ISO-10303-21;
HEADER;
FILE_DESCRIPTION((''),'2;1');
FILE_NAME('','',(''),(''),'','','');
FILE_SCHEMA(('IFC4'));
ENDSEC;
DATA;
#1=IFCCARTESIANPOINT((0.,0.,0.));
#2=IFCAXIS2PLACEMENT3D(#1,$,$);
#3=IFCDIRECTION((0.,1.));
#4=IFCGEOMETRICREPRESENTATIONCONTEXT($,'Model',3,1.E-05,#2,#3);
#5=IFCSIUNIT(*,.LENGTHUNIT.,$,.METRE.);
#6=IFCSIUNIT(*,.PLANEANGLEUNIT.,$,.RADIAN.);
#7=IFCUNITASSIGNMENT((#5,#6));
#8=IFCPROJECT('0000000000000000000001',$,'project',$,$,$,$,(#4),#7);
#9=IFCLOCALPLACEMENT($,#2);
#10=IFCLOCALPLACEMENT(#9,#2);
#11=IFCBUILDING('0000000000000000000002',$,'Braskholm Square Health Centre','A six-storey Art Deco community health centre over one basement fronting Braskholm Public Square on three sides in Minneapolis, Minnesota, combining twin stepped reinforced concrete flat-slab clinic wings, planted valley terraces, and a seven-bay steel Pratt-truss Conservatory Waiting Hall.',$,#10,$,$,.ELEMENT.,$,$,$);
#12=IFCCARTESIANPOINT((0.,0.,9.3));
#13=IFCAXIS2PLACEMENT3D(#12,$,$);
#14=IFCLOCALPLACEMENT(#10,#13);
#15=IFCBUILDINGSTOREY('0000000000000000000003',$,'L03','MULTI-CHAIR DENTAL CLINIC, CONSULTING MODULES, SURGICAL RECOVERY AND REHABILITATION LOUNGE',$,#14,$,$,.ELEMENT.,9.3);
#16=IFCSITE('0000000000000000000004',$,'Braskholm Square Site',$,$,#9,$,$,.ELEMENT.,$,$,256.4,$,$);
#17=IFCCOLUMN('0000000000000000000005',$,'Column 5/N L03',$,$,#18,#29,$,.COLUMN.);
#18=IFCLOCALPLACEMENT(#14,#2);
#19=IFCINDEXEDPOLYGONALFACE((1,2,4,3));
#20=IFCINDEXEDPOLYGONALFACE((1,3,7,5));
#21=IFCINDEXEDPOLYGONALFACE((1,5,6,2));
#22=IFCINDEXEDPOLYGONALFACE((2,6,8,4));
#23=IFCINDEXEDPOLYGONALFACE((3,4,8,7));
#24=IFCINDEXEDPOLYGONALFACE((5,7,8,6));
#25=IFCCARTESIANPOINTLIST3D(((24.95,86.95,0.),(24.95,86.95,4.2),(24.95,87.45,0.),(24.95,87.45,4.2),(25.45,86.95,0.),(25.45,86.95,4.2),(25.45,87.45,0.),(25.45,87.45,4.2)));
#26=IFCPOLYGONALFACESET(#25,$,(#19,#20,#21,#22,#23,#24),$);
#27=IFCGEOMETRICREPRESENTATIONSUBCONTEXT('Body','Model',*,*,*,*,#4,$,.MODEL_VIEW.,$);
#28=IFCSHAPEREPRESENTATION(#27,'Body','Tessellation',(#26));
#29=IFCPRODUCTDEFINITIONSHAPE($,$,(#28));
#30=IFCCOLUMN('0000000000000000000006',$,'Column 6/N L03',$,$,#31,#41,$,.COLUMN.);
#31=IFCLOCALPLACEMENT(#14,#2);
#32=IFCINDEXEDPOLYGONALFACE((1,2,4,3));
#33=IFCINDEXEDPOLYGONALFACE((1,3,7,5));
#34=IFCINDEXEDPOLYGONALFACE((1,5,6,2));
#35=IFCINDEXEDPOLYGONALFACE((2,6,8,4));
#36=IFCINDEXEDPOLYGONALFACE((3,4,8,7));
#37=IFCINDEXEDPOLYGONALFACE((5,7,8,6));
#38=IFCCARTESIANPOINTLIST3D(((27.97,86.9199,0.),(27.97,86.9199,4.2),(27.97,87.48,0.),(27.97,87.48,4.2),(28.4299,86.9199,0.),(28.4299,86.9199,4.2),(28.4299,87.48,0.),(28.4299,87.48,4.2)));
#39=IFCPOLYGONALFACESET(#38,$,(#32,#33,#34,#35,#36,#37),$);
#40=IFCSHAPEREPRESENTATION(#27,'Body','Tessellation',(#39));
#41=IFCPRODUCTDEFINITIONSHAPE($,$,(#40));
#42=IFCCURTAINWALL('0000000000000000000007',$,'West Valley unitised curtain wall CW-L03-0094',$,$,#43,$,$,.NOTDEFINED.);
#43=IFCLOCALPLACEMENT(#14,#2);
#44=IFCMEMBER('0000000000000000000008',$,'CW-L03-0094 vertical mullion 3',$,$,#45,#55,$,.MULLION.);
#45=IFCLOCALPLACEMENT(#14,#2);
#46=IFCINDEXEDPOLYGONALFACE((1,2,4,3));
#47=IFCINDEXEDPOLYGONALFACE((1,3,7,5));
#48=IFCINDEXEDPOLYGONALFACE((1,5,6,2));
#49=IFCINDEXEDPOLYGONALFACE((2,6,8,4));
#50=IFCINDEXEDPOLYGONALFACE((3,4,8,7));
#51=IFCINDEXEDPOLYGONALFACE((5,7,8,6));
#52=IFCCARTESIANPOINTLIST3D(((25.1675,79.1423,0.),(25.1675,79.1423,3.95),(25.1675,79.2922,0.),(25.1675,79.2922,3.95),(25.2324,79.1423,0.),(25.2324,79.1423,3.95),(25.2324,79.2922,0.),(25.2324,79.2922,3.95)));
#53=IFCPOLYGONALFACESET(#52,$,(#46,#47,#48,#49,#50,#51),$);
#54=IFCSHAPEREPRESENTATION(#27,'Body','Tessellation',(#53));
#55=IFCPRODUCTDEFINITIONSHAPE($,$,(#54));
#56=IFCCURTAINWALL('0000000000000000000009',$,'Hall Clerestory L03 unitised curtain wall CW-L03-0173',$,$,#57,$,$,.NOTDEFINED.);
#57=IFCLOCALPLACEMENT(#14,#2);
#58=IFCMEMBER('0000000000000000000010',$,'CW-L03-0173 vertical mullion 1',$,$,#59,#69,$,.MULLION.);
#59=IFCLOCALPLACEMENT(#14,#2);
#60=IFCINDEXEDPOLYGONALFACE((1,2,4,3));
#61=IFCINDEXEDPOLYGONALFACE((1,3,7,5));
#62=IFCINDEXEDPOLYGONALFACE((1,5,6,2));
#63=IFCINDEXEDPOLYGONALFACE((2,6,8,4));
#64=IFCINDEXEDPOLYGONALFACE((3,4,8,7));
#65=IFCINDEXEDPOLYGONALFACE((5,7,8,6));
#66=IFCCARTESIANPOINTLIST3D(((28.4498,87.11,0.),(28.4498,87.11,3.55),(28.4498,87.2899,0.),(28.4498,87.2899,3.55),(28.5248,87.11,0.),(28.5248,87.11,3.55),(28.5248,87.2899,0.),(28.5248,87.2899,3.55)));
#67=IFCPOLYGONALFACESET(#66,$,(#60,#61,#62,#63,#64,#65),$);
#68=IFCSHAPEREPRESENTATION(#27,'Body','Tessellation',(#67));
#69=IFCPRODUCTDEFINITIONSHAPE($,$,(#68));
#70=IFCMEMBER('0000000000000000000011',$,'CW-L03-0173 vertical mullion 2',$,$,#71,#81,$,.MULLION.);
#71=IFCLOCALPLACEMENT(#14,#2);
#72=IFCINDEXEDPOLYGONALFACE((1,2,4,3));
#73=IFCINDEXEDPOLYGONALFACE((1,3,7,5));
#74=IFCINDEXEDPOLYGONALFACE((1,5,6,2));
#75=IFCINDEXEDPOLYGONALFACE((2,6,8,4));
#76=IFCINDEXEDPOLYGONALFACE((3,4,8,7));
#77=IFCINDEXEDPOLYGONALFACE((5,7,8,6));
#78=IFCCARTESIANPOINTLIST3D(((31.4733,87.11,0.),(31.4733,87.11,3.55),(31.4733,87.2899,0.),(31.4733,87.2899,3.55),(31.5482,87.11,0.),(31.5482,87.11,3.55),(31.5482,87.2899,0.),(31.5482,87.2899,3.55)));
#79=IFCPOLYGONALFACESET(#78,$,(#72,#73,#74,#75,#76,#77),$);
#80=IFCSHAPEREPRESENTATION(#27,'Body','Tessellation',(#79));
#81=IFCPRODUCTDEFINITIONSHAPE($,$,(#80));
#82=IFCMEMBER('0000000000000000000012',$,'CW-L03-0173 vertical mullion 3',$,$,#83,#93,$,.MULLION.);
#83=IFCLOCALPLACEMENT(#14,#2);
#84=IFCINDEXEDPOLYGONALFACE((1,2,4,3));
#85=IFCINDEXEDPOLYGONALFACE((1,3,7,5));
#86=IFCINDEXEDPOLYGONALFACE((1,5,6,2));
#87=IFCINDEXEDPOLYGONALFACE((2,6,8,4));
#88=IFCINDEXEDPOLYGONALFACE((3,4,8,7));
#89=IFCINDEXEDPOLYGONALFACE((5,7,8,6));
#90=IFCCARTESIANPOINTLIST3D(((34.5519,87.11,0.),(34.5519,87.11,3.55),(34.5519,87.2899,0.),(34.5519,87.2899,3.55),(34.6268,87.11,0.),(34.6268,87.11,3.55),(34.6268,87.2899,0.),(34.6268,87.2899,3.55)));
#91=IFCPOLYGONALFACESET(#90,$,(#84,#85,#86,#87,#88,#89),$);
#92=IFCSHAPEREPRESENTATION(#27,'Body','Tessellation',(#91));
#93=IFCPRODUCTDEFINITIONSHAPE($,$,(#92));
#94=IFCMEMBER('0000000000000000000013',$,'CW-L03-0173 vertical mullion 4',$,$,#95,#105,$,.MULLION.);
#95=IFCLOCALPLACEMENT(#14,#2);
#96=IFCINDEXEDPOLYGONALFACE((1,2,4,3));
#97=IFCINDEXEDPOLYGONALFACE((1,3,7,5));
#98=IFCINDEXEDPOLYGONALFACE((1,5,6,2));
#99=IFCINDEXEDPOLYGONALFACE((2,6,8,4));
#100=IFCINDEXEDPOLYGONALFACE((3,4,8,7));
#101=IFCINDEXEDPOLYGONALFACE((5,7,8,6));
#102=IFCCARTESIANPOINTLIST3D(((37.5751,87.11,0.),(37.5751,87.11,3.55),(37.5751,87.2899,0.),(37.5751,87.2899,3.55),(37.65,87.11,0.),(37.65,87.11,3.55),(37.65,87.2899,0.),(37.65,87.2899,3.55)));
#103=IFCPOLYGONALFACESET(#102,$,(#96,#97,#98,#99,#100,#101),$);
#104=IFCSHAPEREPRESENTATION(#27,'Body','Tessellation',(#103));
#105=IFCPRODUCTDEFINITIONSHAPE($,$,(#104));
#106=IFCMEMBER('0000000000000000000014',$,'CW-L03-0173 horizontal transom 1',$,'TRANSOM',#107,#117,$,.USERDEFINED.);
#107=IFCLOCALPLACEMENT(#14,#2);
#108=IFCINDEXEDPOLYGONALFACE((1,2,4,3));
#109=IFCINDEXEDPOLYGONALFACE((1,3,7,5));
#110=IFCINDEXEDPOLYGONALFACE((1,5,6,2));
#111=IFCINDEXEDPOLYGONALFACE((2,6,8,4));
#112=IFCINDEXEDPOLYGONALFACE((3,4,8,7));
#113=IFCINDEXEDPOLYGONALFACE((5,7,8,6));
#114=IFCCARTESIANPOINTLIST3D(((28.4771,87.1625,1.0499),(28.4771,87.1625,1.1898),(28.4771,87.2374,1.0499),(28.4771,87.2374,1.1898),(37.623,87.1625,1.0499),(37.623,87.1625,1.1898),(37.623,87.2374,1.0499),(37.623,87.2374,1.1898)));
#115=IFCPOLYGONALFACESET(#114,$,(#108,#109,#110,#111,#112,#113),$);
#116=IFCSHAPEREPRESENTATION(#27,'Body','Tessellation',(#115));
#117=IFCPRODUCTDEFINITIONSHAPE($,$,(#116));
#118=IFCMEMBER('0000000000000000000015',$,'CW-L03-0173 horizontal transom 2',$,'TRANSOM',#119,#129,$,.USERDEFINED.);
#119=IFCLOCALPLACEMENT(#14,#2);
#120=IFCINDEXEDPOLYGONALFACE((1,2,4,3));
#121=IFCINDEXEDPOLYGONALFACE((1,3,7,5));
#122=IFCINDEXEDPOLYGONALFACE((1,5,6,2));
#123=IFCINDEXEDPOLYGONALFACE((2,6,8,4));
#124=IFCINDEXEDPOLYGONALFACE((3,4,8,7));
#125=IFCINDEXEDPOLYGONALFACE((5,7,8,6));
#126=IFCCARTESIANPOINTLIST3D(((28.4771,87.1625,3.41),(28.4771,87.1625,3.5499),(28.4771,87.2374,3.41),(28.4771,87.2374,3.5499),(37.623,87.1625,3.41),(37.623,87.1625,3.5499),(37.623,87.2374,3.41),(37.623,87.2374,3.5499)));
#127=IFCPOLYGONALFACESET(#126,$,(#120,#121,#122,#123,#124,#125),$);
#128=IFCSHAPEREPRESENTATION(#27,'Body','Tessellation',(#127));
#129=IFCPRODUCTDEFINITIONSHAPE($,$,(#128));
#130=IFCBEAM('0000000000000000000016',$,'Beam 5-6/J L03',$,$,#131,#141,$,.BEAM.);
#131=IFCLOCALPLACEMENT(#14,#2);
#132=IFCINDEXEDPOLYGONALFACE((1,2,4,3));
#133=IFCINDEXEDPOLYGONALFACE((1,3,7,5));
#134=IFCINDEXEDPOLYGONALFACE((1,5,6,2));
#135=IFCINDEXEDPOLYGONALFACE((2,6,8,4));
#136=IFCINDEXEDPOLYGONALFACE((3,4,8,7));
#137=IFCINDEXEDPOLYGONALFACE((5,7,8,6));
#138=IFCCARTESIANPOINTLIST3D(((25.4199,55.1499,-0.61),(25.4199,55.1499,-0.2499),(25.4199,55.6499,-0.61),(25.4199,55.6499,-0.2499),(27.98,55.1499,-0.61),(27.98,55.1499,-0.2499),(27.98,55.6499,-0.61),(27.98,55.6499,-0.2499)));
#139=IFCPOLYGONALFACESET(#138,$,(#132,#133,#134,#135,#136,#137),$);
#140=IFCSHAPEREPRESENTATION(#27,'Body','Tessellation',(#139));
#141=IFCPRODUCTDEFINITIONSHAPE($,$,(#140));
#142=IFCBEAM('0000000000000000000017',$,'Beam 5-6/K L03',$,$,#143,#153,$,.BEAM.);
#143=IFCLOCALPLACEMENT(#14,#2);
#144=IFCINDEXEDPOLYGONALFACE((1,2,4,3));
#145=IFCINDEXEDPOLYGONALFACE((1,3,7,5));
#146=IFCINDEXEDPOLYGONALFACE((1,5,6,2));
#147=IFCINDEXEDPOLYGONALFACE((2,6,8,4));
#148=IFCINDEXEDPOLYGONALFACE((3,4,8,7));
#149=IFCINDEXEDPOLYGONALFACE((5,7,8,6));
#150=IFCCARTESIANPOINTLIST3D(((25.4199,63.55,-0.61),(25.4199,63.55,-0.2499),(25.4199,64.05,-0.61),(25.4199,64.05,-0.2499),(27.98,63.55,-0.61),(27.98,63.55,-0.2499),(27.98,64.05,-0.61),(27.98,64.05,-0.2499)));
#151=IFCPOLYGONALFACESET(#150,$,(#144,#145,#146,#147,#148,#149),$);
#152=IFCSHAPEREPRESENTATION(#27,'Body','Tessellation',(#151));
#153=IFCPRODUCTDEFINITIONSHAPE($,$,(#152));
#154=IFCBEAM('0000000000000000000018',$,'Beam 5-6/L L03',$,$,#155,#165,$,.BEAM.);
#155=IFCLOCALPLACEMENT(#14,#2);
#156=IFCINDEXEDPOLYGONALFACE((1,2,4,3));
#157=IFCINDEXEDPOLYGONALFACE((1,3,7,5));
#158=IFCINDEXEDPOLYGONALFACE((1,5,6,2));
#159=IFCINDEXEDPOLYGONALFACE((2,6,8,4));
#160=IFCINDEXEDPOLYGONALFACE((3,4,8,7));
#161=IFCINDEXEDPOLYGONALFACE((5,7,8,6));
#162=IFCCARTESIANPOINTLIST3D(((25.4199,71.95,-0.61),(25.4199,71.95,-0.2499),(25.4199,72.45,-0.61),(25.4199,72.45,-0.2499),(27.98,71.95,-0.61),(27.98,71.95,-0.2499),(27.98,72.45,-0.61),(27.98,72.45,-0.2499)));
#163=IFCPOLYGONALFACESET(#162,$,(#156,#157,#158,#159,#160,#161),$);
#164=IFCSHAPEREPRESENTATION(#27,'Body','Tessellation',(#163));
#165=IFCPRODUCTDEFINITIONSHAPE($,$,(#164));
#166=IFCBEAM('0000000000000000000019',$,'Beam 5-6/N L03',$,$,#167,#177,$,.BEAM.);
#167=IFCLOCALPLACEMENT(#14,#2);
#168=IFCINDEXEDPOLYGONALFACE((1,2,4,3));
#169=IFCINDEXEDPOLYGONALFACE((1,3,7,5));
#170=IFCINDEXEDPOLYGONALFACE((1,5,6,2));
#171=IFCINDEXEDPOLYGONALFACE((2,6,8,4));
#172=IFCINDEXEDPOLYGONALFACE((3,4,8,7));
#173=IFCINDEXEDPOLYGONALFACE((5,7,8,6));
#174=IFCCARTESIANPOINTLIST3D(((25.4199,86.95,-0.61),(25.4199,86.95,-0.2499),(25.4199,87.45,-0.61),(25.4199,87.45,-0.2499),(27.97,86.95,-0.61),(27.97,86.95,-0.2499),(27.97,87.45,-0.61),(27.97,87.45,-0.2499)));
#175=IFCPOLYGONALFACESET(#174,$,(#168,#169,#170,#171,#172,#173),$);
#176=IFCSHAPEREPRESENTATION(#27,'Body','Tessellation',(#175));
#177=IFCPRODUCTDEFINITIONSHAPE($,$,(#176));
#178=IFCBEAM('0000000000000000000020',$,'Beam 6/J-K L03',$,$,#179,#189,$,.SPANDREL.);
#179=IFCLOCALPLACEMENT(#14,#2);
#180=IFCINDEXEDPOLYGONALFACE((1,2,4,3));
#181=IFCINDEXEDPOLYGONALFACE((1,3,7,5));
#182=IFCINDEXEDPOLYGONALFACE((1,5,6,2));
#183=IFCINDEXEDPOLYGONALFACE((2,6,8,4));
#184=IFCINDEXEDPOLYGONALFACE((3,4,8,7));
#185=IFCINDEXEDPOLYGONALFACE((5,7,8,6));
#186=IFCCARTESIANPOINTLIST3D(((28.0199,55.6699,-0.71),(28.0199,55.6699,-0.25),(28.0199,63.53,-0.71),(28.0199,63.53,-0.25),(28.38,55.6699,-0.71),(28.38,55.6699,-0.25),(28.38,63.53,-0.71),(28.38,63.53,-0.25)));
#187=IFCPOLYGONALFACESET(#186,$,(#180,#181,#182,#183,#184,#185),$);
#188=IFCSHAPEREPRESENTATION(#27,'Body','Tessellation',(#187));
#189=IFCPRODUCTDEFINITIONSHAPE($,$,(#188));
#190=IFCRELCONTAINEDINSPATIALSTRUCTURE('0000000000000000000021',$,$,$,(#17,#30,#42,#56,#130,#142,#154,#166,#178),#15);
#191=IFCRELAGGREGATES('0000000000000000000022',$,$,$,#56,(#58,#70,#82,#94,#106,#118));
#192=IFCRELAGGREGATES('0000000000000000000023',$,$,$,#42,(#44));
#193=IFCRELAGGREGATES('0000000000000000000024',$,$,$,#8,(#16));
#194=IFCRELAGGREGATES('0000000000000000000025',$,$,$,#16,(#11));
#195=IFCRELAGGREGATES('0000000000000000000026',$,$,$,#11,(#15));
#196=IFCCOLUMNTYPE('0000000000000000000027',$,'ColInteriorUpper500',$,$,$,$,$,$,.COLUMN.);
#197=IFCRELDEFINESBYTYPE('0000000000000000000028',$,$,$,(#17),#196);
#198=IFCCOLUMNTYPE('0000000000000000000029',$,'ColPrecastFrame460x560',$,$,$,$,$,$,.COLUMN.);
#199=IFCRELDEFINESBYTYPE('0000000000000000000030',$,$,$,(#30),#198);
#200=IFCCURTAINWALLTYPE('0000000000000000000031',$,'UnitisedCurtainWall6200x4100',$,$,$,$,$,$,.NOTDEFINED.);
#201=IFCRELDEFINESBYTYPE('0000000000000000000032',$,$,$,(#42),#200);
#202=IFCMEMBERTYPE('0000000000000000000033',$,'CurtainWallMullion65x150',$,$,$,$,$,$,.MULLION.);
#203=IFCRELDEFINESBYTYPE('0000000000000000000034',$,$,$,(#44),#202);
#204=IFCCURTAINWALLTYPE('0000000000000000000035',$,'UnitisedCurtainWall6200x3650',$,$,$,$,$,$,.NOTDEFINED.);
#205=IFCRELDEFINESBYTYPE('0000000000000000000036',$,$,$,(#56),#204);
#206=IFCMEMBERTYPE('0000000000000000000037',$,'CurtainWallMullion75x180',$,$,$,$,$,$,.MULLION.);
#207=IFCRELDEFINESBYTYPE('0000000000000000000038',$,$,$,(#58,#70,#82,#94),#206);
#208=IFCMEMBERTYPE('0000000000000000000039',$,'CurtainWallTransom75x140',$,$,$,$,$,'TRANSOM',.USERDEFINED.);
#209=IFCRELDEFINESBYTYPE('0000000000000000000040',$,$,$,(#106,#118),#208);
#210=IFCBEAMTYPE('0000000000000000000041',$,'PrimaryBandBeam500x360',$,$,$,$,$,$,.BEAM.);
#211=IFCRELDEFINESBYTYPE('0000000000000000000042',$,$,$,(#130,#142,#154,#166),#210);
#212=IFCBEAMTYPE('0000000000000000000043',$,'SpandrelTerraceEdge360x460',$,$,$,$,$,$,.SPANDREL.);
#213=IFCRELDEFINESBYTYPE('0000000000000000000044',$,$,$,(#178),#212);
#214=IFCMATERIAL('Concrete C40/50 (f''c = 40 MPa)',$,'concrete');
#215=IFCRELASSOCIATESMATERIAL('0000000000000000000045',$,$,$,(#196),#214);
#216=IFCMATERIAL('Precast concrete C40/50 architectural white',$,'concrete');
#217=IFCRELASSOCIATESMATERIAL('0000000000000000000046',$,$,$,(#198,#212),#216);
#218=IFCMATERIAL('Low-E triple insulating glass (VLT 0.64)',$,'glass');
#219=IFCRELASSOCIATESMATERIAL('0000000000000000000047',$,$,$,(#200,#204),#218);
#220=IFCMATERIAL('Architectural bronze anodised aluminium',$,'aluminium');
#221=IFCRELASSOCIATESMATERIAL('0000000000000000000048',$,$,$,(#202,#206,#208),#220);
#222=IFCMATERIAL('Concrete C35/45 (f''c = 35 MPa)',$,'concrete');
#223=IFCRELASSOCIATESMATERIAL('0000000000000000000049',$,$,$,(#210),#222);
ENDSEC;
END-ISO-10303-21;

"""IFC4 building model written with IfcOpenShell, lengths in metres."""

from ifc_helpers import new_model, si_unit, direction, frame, origin, origin_2d, place, context, subcontext, project, spatial, rectangle, extrude, material, material_profile, profile_set, type_object, element, aggregate, save


model = new_model("IFC4")

# Units and contexts
model_context = context("Model", 3, precision=1e-05, world=origin(), true_north=direction((0.0, 1.0)))
body_context = subcontext(model_context, "Body", "Model", "MODEL_VIEW")
ifc_project = project(units=[si_unit("LENGTHUNIT", "METRE"), si_unit("PLANEANGLEUNIT", "RADIAN")], contexts=[model_context])

# Site, building, storey
site_placement = place(None, origin())
site = spatial("IfcSite", under=ifc_project, at=site_placement, Name="Braskholm Square Site", CompositionType="ELEMENT", RefElevation=256.4)
building_placement = place(site_placement, origin())
building = spatial("IfcBuilding", under=site, at=building_placement, Name="Braskholm Square Health Centre", Description="A six-storey Art Deco community health centre over one basement fronting Braskholm Public Square on three sides in Minneapolis, Minnesota, combining twin stepped reinforced concrete flat-slab clinic wings, planted valley terraces, and a seven-bay steel Pratt-truss Conservatory Waiting Hall.", CompositionType="ELEMENT")
storey_placement = place(building_placement, frame((0.0, 0.0, 9.3)))
storey = spatial("IfcBuildingStorey", under=building, at=storey_placement, Name="L03", Description="MULTI-CHAIR DENTAL CLINIC, CONSULTING MODULES, SURGICAL RECOVERY AND REHABILITATION LOUNGE", CompositionType="ELEMENT", Elevation=9.3)

# Columns
ifc_material_1 = material(Name="Concrete C40/50 (f'c = 40 MPa)", Category="concrete")
ifc_material_profile_1 = material_profile(ifc_material_1, rectangle(XDim=0.5, YDim=0.5, at=origin_2d()), Name="RC-500X500")
ifc_profile_set_1 = profile_set([ifc_material_profile_1], Name="Concrete C40/50 (f'c = 40 MPa)")
column_type_1 = type_object("IfcColumnType", Name="ColInteriorUpper500", PredefinedType="COLUMN", material=ifc_profile_set_1)
column_1_placement = place(storey_placement, frame((25.2, 87.2, 0.0), z_axis=(0.0, 0.0, 1.0), x_axis=(1.0, 0.0, 0.0)))
element("IfcColumn", 1, at=column_1_placement, inside=storey, type_object=column_type_1, Name="Column 5/N L03", PredefinedType="COLUMN", context=body_context, shape_type="SweptSolid", body=[
    extrude(rectangle(XDim=0.5, YDim=0.5, at=origin_2d()), origin(), (0.0, 0.0, 1.0), 4.2),
])
ifc_material_2 = material(Name="Precast concrete C40/50 architectural white", Category="concrete")
ifc_material_profile_2 = material_profile(ifc_material_2, rectangle(XDim=0.46, YDim=0.5601, at=origin_2d()), Name="RC-460X560")
ifc_profile_set_2 = profile_set([ifc_material_profile_2], Name="Precast concrete C40/50 architectural white")
column_type_2 = type_object("IfcColumnType", Name="ColPrecastFrame460x560", PredefinedType="COLUMN", material=ifc_profile_set_2)
column_2_placement = place(storey_placement, frame((28.2, 87.2, 0.0), z_axis=(0.0, 0.0, 1.0), x_axis=(1.0, 0.0, 0.0)))
element("IfcColumn", 2, at=column_2_placement, inside=storey, type_object=column_type_2, Name="Column 6/N L03", PredefinedType="COLUMN", context=body_context, shape_type="SweptSolid", body=[
    extrude(rectangle(XDim=0.46, YDim=0.5601, at=origin_2d()), origin(), (0.0, 0.0, 1.0), 4.2),
])

# Curtain wall, member
ifc_material_3 = material(Name="Low-E triple insulating glass (VLT 0.64)", Category="glass")
curtain_wall_type_1 = type_object("IfcCurtainWallType", Name="UnitisedCurtainWall6200x4100", PredefinedType="NOTDEFINED", material=ifc_material_3)
curtain_wall_1_placement = place(storey_placement, origin())
curtain_wall_1 = element("IfcCurtainWall", 3, at=curtain_wall_1_placement, inside=storey, type_object=curtain_wall_type_1, Name="West Valley unitised curtain wall CW-L03-0094", PredefinedType="NOTDEFINED")
ifc_material_4 = material(Name="Architectural bronze anodised aluminium", Category="aluminium")
ifc_material_profile_3 = material_profile(ifc_material_4, rectangle(XDim=0.0649, YDim=0.1499, at=origin_2d()), Name="ALU-65X150")
ifc_profile_set_3 = profile_set([ifc_material_profile_3], Name="Architectural bronze anodised aluminium")
member_type_1 = type_object("IfcMemberType", Name="CurtainWallMullion65x150", PredefinedType="MULLION", material=ifc_profile_set_3)
member_1_placement = place(storey_placement, frame((25.2, 79.2173, 0.0), z_axis=(0.0, 0.0, 1.0), x_axis=(1.0, 0.0, 0.0)))
member_1 = element("IfcMember", 4, at=member_1_placement, type_object=member_type_1, Name="CW-L03-0094 vertical mullion 3", PredefinedType="MULLION", context=body_context, shape_type="SweptSolid", body=[
    extrude(rectangle(XDim=0.0649, YDim=0.1499, at=origin_2d()), origin(), (0.0, 0.0, 1.0), 3.95),
])

# Curtain wall, members
curtain_wall_type_2 = type_object("IfcCurtainWallType", Name="UnitisedCurtainWall6200x3650", PredefinedType="NOTDEFINED", material=ifc_material_3)
curtain_wall_2_placement = place(storey_placement, origin())
curtain_wall_2 = element("IfcCurtainWall", 5, at=curtain_wall_2_placement, inside=storey, type_object=curtain_wall_type_2, Name="Hall Clerestory L03 unitised curtain wall CW-L03-0173", PredefinedType="NOTDEFINED")
ifc_material_profile_4 = material_profile(ifc_material_4, rectangle(XDim=0.075, YDim=0.1799, at=origin_2d()), Name="ALU-75X180")
ifc_profile_set_4 = profile_set([ifc_material_profile_4], Name="Architectural bronze anodised aluminium")
member_type_2 = type_object("IfcMemberType", Name="CurtainWallMullion75x180", PredefinedType="MULLION", material=ifc_profile_set_4)
member_2_placement = place(storey_placement, frame((28.4873, 87.2, 0.0), z_axis=(0.0, 0.0, 1.0), x_axis=(1.0, 0.0, 0.0)))
member_2 = element("IfcMember", 6, at=member_2_placement, type_object=member_type_2, Name="CW-L03-0173 vertical mullion 1", PredefinedType="MULLION", context=body_context, shape_type="SweptSolid", body=[
    extrude(rectangle(XDim=0.075, YDim=0.1799, at=origin_2d()), origin(), (0.0, 0.0, 1.0), 3.55),
])
member_3_placement = place(storey_placement, frame((31.5107, 87.2, 0.0), z_axis=(0.0, 0.0, 1.0), x_axis=(1.0, 0.0, 0.0)))
member_3 = element("IfcMember", 7, at=member_3_placement, type_object=member_type_2, Name="CW-L03-0173 vertical mullion 2", PredefinedType="MULLION", context=body_context, shape_type="SweptSolid", body=[
    extrude(rectangle(XDim=0.075, YDim=0.1799, at=origin_2d()), origin(), (0.0, 0.0, 1.0), 3.55),
])
member_4_placement = place(storey_placement, frame((34.5894, 87.2, 0.0), z_axis=(0.0, 0.0, 1.0), x_axis=(1.0, 0.0, 0.0)))
member_4 = element("IfcMember", 8, at=member_4_placement, type_object=member_type_2, Name="CW-L03-0173 vertical mullion 3", PredefinedType="MULLION", context=body_context, shape_type="SweptSolid", body=[
    extrude(rectangle(XDim=0.075, YDim=0.1799, at=origin_2d()), origin(), (0.0, 0.0, 1.0), 3.55),
])
member_5_placement = place(storey_placement, frame((37.6125, 87.2, 0.0), z_axis=(0.0, 0.0, 1.0), x_axis=(1.0, 0.0, 0.0)))
member_5 = element("IfcMember", 9, at=member_5_placement, type_object=member_type_2, Name="CW-L03-0173 vertical mullion 4", PredefinedType="MULLION", context=body_context, shape_type="SweptSolid", body=[
    extrude(rectangle(XDim=0.075, YDim=0.1799, at=origin_2d()), origin(), (0.0, 0.0, 1.0), 3.55),
])
ifc_material_profile_5 = material_profile(ifc_material_4, rectangle(XDim=0.075, YDim=0.1399, at=origin_2d()), Name="ALU-75X140")
ifc_profile_set_5 = profile_set([ifc_material_profile_5], Name="Architectural bronze anodised aluminium")
member_type_3 = type_object("IfcMemberType", Name="CurtainWallTransom75x140", ElementType="TRANSOM", PredefinedType="USERDEFINED", material=ifc_profile_set_5)
member_6_placement = place(storey_placement, frame((28.4771, 87.2, 1.1199), z_axis=(1.0, 0.0, 0.0), x_axis=(0.0, 1.0, 0.0)))
member_6 = element("IfcMember", 10, at=member_6_placement, type_object=member_type_3, Name="CW-L03-0173 horizontal transom 1", ObjectType="TRANSOM", PredefinedType="USERDEFINED", context=body_context, shape_type="SweptSolid", body=[
    extrude(rectangle(XDim=0.075, YDim=0.1399, at=origin_2d()), origin(), (0.0, 0.0, 1.0), 9.146),
])
member_7_placement = place(storey_placement, frame((28.4771, 87.2, 3.48), z_axis=(1.0, 0.0, 0.0), x_axis=(0.0, 1.0, 0.0)))
member_7 = element("IfcMember", 11, at=member_7_placement, type_object=member_type_3, Name="CW-L03-0173 horizontal transom 2", ObjectType="TRANSOM", PredefinedType="USERDEFINED", context=body_context, shape_type="SweptSolid", body=[
    extrude(rectangle(XDim=0.075, YDim=0.1399, at=origin_2d()), origin(), (0.0, 0.0, 1.0), 9.146),
])

# Beams
ifc_material_5 = material(Name="Concrete C35/45 (f'c = 35 MPa)", Category="concrete")
ifc_material_profile_6 = material_profile(ifc_material_5, rectangle(XDim=0.5, YDim=0.3601, at=origin_2d()), Name="RCB-500X360")
ifc_profile_set_6 = profile_set([ifc_material_profile_6], Name="Concrete C35/45 (f'c = 35 MPa)")
beam_type_1 = type_object("IfcBeamType", Name="PrimaryBandBeam500x360", PredefinedType="BEAM", material=ifc_profile_set_6)
for number, where, z_axis, x_axis, name in (
    (12, (25.4199, 55.3999, -0.4299), (1.0, 0.0, 0.0), (0.0, 1.0, 0.0), "Beam 5-6/J L03"),
    (13, (25.4199, 63.8, -0.4299), (1.0, 0.0, 0.0), (0.0, 1.0, 0.0), "Beam 5-6/K L03"),
    (14, (25.4199, 72.2, -0.4299), (1.0, 0.0, 0.0), (0.0, 1.0, 0.0), "Beam 5-6/L L03"),
):
    element("IfcBeam", number, at=place(storey_placement, frame(where, z_axis=z_axis, x_axis=x_axis)), inside=storey, type_object=beam_type_1, Name=name, PredefinedType="BEAM", context=body_context, shape_type="SweptSolid", body=[
        extrude(rectangle(XDim=0.5, YDim=0.3601, at=origin_2d()), origin(), (0.0, 0.0, 1.0), 2.5601),
    ])
beam_1_placement = place(storey_placement, frame((25.4199, 87.2, -0.4299), z_axis=(1.0, 0.0, 0.0), x_axis=(0.0, 1.0, 0.0)))
element("IfcBeam", 15, at=beam_1_placement, inside=storey, type_object=beam_type_1, Name="Beam 5-6/N L03", PredefinedType="BEAM", context=body_context, shape_type="SweptSolid", body=[
    extrude(rectangle(XDim=0.5, YDim=0.3601, at=origin_2d()), origin(), (0.0, 0.0, 1.0), 2.55),
])
ifc_material_profile_7 = material_profile(ifc_material_2, rectangle(XDim=0.3601, YDim=0.46, at=origin_2d()), Name="RCB-360X460")
ifc_profile_set_7 = profile_set([ifc_material_profile_7], Name="Precast concrete C40/50 architectural white")
beam_type_2 = type_object("IfcBeamType", Name="SpandrelTerraceEdge360x460", PredefinedType="SPANDREL", material=ifc_profile_set_7)
beam_2_placement = place(storey_placement, frame((28.2, 55.6699, -0.48), z_axis=(0.0, 1.0, 0.0), x_axis=(-1.0, 0.0, 0.0)))
element("IfcBeam", 16, at=beam_2_placement, inside=storey, type_object=beam_type_2, Name="Beam 6/J-K L03", PredefinedType="SPANDREL", context=body_context, shape_type="SweptSolid", body=[
    extrude(rectangle(XDim=0.3601, YDim=0.46, at=origin_2d()), origin(), (0.0, 0.0, 1.0), 7.8601),
])

aggregate(curtain_wall_2, [member_2, member_3, member_4, member_5, member_6, member_7])
aggregate(curtain_wall_1, [member_1])

save(model, "model.ifc")
